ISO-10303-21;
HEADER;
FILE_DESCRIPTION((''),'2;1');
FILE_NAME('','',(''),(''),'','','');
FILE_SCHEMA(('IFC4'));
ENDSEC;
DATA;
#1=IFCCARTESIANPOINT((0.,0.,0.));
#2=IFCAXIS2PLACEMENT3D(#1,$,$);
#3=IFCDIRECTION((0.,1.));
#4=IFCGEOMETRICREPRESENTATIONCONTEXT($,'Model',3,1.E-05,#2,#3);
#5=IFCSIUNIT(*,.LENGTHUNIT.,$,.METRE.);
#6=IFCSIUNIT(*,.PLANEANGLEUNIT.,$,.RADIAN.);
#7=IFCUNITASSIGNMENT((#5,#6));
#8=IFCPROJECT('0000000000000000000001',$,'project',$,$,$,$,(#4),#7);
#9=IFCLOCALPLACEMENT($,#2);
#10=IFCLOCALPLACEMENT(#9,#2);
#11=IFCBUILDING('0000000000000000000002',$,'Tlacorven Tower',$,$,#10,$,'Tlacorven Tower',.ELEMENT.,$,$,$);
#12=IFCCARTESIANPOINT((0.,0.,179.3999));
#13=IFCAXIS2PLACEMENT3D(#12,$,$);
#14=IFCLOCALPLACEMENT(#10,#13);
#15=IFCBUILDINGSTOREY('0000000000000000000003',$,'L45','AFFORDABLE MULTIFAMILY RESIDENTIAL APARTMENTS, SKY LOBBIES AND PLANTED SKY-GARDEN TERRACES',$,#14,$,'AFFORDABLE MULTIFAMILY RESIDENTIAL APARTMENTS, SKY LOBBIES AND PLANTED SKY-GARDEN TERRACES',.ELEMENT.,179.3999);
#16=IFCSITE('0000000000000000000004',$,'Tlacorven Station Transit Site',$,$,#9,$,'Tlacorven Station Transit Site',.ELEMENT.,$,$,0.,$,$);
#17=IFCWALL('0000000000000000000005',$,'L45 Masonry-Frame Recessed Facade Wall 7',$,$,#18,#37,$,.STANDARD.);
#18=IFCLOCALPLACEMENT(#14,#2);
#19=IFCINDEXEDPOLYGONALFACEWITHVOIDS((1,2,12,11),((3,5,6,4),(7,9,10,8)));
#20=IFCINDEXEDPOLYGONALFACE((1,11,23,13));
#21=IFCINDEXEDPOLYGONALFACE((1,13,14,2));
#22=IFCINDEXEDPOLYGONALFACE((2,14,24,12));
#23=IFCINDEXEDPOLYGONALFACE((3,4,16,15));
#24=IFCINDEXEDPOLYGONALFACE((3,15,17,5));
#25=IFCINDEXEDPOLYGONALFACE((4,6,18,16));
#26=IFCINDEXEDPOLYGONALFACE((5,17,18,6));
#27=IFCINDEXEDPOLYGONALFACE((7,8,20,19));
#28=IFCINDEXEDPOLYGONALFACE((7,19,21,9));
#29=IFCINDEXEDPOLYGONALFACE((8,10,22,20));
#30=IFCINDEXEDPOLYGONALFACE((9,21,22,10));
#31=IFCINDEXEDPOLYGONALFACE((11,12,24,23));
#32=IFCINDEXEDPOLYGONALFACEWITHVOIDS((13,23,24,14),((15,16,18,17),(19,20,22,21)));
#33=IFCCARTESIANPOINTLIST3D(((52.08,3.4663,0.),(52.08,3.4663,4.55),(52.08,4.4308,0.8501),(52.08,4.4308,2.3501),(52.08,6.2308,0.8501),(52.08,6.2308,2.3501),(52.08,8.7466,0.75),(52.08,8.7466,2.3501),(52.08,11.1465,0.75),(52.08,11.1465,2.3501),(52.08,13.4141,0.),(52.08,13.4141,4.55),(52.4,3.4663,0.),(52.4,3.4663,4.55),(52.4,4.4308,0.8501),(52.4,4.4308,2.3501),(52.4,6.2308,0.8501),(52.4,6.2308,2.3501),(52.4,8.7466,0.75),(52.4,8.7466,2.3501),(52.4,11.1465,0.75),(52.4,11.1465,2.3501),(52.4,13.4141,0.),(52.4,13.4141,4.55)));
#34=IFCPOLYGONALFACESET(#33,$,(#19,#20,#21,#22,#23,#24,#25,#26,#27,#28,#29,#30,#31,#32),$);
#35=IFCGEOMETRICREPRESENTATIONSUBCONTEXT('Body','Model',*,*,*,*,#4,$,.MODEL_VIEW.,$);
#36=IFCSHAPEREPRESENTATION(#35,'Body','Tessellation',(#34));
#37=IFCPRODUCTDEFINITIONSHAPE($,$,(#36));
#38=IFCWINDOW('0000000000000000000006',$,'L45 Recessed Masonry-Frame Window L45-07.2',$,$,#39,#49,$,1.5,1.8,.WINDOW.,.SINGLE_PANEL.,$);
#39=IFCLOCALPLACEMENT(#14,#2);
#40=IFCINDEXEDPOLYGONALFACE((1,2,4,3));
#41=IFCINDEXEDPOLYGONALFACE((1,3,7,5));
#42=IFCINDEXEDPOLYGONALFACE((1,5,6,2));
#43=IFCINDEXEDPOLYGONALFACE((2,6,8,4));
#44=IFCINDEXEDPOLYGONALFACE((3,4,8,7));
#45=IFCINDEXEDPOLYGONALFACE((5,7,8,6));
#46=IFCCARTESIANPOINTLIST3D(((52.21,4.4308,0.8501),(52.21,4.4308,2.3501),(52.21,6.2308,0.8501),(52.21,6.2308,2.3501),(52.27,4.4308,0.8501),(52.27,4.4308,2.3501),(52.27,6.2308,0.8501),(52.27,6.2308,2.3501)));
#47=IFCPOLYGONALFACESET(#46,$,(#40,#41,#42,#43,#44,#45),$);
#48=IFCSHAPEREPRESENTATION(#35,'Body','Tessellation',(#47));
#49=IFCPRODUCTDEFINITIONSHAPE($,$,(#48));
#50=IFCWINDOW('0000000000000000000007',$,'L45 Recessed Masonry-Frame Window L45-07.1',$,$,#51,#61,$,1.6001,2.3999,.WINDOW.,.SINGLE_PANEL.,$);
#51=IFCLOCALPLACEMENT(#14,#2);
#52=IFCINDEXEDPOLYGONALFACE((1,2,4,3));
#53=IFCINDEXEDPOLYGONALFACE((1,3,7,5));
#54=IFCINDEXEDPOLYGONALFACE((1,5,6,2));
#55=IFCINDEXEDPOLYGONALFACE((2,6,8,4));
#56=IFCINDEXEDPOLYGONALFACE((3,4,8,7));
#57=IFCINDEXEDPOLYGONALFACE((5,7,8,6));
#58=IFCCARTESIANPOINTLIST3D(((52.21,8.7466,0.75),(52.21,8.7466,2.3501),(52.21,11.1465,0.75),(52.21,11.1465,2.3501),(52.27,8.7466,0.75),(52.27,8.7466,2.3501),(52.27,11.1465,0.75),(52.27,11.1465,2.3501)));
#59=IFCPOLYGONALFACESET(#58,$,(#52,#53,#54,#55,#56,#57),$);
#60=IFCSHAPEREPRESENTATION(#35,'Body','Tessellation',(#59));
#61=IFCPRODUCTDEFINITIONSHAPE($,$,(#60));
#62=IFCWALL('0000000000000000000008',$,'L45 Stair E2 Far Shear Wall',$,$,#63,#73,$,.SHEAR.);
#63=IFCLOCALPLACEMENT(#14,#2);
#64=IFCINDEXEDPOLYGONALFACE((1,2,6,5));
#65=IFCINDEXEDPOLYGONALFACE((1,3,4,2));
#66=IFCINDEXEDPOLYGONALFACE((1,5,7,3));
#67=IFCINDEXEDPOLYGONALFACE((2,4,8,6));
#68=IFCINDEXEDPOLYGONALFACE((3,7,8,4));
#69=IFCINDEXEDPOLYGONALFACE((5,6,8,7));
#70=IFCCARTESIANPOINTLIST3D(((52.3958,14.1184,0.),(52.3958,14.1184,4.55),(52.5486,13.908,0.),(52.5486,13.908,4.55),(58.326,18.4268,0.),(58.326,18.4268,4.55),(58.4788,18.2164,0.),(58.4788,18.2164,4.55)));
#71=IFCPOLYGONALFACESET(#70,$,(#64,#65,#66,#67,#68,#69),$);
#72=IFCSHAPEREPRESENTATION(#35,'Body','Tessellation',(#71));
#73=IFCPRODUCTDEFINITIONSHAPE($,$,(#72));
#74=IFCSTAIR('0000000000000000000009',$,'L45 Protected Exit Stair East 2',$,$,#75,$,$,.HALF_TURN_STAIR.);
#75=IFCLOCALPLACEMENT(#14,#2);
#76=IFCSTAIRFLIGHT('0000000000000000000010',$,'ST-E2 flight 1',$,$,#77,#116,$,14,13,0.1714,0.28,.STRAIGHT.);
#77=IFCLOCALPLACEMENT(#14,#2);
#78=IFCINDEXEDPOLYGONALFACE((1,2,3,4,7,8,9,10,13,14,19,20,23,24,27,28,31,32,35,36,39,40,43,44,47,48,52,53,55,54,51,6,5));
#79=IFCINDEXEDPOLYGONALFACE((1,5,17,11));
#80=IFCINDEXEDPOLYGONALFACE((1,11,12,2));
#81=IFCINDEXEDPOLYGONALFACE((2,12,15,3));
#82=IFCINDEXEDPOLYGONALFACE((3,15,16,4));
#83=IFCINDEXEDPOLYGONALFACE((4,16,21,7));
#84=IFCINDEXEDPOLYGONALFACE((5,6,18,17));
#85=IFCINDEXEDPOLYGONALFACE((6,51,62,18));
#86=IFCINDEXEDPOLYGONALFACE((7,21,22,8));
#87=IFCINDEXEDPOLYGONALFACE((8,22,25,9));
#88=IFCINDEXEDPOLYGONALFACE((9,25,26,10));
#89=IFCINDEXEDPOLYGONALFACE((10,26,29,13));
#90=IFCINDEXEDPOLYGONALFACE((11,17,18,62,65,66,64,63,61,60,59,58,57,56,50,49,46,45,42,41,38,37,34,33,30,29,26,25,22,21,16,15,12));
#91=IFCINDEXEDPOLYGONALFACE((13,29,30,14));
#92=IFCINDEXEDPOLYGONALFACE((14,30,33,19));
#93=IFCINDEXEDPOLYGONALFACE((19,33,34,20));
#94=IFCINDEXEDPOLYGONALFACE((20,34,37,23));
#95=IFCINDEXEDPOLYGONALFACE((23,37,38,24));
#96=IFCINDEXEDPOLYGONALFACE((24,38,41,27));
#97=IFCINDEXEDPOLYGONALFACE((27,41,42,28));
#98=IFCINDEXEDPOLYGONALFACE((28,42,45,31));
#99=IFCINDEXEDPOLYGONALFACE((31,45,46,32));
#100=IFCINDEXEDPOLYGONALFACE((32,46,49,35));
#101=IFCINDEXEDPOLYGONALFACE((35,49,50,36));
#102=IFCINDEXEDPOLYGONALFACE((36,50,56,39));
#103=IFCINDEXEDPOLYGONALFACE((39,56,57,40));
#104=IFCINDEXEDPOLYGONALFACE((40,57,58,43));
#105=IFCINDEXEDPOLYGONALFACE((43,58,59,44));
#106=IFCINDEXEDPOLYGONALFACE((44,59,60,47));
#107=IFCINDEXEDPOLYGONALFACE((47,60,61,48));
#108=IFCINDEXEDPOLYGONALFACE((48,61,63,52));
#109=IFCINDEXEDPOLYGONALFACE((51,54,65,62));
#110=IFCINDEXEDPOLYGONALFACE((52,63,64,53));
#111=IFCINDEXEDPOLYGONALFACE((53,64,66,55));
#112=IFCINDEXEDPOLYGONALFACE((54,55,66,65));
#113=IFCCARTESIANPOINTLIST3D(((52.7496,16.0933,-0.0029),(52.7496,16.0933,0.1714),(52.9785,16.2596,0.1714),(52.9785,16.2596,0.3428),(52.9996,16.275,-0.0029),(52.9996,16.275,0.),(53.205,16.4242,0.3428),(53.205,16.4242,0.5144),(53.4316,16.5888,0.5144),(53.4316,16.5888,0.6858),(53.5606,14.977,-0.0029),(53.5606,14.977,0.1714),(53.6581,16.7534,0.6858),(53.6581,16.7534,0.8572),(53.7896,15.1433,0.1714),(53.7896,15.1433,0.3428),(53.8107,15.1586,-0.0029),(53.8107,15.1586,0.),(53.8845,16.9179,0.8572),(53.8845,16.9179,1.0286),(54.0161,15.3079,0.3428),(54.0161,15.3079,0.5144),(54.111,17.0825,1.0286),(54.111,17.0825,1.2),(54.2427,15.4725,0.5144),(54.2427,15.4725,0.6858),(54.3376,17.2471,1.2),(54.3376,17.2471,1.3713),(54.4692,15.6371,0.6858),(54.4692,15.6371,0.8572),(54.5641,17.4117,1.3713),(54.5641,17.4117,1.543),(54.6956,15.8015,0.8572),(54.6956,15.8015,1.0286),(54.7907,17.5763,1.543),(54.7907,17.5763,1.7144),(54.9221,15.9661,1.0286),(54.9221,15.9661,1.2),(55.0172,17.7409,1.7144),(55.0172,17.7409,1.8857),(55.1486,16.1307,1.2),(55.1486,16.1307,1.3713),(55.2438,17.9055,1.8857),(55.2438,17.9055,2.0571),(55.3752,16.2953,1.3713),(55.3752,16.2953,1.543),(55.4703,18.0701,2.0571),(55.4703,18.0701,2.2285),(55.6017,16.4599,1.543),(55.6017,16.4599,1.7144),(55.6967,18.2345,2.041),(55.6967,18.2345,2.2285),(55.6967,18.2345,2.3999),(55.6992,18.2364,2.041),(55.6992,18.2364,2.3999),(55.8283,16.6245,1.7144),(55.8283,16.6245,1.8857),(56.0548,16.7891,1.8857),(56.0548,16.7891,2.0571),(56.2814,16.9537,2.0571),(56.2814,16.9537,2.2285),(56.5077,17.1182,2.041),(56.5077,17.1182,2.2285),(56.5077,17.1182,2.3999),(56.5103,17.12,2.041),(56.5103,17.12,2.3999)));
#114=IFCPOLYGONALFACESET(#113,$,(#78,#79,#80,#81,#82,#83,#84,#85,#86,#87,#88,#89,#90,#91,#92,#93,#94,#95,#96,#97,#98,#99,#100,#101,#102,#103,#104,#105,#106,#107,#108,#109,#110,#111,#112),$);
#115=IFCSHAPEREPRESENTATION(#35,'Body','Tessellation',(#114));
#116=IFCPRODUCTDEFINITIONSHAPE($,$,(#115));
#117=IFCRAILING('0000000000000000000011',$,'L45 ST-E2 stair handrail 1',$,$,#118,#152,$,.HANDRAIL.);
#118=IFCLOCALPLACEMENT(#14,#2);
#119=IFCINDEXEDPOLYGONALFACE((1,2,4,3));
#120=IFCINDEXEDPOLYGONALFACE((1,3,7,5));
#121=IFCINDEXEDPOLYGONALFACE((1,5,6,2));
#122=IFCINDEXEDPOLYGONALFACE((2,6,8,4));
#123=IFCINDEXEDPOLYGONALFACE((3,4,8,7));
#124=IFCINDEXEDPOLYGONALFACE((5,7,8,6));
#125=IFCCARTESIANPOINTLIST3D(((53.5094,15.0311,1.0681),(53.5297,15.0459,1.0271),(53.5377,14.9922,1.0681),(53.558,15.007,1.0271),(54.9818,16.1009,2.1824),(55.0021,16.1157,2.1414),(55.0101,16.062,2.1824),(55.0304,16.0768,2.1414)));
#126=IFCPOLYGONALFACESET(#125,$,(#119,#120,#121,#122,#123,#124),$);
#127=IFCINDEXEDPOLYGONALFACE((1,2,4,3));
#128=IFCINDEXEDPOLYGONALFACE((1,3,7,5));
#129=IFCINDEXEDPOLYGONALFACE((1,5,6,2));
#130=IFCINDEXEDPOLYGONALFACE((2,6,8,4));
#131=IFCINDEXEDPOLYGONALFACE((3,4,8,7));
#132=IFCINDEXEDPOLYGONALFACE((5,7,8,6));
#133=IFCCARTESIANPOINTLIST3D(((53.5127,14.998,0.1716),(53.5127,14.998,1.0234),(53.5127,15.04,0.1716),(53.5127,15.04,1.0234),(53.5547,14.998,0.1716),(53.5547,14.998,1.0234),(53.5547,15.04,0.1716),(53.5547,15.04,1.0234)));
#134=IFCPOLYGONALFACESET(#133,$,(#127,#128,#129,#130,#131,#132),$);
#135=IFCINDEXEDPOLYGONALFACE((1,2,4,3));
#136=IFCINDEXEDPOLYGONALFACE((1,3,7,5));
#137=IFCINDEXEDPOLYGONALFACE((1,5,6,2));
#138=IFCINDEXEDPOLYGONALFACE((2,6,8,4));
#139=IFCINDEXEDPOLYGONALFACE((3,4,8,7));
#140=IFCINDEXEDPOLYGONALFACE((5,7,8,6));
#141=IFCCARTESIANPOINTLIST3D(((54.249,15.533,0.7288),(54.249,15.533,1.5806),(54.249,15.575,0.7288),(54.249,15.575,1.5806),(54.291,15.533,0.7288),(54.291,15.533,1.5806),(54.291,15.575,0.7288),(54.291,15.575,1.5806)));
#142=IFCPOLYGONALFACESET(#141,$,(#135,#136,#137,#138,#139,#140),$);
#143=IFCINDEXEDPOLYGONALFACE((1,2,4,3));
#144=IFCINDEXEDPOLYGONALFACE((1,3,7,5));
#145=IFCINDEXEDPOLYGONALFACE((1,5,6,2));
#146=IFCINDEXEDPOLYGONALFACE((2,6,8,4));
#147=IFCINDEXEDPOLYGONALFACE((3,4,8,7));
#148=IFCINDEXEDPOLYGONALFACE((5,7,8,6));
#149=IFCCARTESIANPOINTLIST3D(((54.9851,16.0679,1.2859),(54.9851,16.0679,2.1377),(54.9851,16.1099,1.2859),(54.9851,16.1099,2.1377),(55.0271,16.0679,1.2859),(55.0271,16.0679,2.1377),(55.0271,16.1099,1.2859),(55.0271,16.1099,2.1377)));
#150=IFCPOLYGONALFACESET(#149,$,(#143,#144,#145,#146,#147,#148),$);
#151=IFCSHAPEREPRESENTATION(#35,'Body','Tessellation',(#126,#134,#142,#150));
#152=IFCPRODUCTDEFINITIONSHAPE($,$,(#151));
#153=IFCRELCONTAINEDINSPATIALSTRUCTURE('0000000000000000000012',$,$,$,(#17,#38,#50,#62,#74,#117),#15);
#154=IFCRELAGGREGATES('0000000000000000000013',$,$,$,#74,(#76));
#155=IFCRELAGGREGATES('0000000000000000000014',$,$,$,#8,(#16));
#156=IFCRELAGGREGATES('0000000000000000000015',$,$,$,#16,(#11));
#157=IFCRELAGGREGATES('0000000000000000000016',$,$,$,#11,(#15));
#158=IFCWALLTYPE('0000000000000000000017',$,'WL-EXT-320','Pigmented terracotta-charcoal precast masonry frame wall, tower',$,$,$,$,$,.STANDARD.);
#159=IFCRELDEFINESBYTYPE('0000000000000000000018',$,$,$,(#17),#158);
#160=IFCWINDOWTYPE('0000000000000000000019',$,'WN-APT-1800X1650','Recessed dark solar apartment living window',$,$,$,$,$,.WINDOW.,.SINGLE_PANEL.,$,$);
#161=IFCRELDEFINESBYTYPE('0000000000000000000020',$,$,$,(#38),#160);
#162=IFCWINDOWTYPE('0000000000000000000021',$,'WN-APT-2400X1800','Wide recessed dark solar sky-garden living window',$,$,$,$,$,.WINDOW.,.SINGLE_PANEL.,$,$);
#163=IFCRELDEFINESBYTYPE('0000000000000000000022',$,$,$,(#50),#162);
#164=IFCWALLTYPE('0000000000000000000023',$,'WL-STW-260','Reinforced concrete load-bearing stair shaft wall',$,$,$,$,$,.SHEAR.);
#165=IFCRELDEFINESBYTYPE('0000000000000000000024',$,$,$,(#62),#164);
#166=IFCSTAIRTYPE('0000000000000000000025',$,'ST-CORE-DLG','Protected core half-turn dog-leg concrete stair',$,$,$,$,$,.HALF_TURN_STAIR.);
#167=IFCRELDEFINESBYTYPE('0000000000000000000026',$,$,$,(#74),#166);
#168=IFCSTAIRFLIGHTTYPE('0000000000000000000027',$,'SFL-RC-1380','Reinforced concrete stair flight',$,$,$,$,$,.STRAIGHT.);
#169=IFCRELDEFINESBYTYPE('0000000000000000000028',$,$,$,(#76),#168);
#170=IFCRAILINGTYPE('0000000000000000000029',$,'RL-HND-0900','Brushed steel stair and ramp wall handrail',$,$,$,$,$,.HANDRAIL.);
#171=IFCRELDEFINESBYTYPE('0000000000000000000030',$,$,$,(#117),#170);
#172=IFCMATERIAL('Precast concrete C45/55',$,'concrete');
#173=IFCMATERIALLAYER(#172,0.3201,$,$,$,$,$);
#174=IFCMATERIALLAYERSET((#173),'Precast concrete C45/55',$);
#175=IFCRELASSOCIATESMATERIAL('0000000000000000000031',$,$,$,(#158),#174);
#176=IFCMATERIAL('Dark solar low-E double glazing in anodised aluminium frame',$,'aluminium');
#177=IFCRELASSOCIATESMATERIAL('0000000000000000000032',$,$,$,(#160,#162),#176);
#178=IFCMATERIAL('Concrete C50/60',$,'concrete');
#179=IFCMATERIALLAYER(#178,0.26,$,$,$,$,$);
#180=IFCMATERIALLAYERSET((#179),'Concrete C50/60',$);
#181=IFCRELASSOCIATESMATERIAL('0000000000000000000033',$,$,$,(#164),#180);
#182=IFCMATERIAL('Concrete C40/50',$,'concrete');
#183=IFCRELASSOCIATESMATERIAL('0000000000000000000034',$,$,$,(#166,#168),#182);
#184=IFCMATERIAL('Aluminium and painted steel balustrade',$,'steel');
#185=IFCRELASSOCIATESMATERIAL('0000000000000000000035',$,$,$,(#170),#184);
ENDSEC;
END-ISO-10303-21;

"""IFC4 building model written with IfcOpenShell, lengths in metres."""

from ifc_helpers import new_model, si_unit, direction, frame, frame_2d, origin, origin_2d, place, context, subcontext, project, spatial, polyline, rectangle, outline, extrude, source, transform, mapped, material, layer, layer_set, type_object, element, fill, aggregate, save


model = new_model("IFC4")

# Units and contexts
model_context = context("Model", 3, precision=1e-05, world=origin(), true_north=direction((0.0, 1.0)))
body_context = subcontext(model_context, "Body", "Model", "MODEL_VIEW")
ifc_project = project(units=[si_unit("LENGTHUNIT", "METRE"), si_unit("PLANEANGLEUNIT", "RADIAN")], contexts=[model_context])

# Site, building, storey
site_placement = place(None, origin())
site = spatial("IfcSite", under=ifc_project, at=site_placement, Name="Tlacorven Station Transit Site", LongName="Tlacorven Station Transit Site", CompositionType="ELEMENT", RefElevation=0.0)
building_placement = place(site_placement, origin())
building = spatial("IfcBuilding", under=site, at=building_placement, Name="Tlacorven Tower", LongName="Tlacorven Tower", CompositionType="ELEMENT")
storey_placement = place(building_placement, frame((0.0, 0.0, 179.3999)))
storey = spatial("IfcBuildingStorey", under=building, at=storey_placement, Name="L45", Description="AFFORDABLE MULTIFAMILY RESIDENTIAL APARTMENTS, SKY LOBBIES AND PLANTED SKY-GARDEN TERRACES", LongName="AFFORDABLE MULTIFAMILY RESIDENTIAL APARTMENTS, SKY LOBBIES AND PLANTED SKY-GARDEN TERRACES", CompositionType="ELEMENT", Elevation=179.3999)

# Wall, openings, windows
ifc_material_1 = material(Name="Precast concrete C45/55", Category="concrete")
ifc_layer_1 = layer(ifc_material_1, 0.3201)
ifc_layer_set_1 = layer_set([ifc_layer_1], Name="Precast concrete C45/55")
wall_type_1 = type_object("IfcWallType", Name="WL-EXT-320", Description="Pigmented terracotta-charcoal precast masonry frame wall, tower", PredefinedType="STANDARD", material=ifc_layer_set_1)
wall_1_placement = place(storey_placement, frame((52.24, 13.4141, 0.0), z_axis=(0.0, 0.0, 1.0), x_axis=(0.0, -1.0, 0.0)))
wall_1 = element("IfcWall", 1, at=wall_1_placement, inside=storey, type_object=wall_type_1, Name="L45 Masonry-Frame Recessed Facade Wall 7", PredefinedType="STANDARD", context=body_context, shape_type="SweptSolid", body=[
    extrude(rectangle(XDim=9.9478, YDim=0.3201, at=frame_2d((4.9739, 0.0))), origin(), (0.0, 0.0, 1.0), 4.55),
])
opening_1_placement = place(wall_1_placement, frame((2.2676, 0.0, 0.75)))
opening_1 = element("IfcOpeningElement", 2, at=opening_1_placement, cuts=wall_1, PredefinedType="OPENING", context=body_context, shape_type="SweptSolid", body=[
    extrude(rectangle(XDim=2.3999, YDim=1.6001, at=frame_2d((1.2, 0.8))), frame((0.0, 0.1699, 0.0), z_axis=(0.0, -1.0, 0.0), x_axis=(1.0, 0.0, 0.0)), (0.0, 0.0, 1.0), 0.3401),
])
opening_2_placement = place(wall_1_placement, frame((7.1833, 0.0, 0.8501)))
opening_2 = element("IfcOpeningElement", 3, at=opening_2_placement, cuts=wall_1, PredefinedType="OPENING", context=body_context, shape_type="SweptSolid", body=[
    extrude(rectangle(XDim=1.8, YDim=1.5, at=frame_2d((0.8999, 0.75))), frame((0.0, 0.1699, 0.0), z_axis=(0.0, -1.0, 0.0), x_axis=(1.0, 0.0, 0.0)), (0.0, 0.0, 1.0), 0.3401),
])
ifc_material_2 = material(Name="Dark solar low-E double glazing in anodised aluminium frame", Category="aluminium")
window_type_1 = type_object("IfcWindowType", Name="WN-APT-1800X1650", Description="Recessed dark solar apartment living window", PartitioningType="SINGLE_PANEL", PredefinedType="WINDOW", material=ifc_material_2)
shared_shape_1 = source(origin(), body_context, "Body", "SweptSolid", [
    extrude(rectangle(XDim=1.8, YDim=1.5, at=frame_2d((0.8999, 0.75))), frame((0.0, 0.03, 0.0), z_axis=(0.0, -1.0, 0.0), x_axis=(1.0, 0.0, 0.0)), (0.0, 0.0, 1.0), 0.0601),
])
window_1_placement = place(opening_2_placement, origin())
window_1 = element("IfcWindow", 4, at=window_1_placement, inside=storey, type_object=window_type_1, Name="L45 Recessed Masonry-Frame Window L45-07.2", OverallHeight=1.5, OverallWidth=1.8, PartitioningType="SINGLE_PANEL", PredefinedType="WINDOW", context=body_context, shape_type="MappedRepresentation", body=[
    mapped(shared_shape_1, transform((0.0, 0.0, 0.0), scale=1.0)),
])
fill(opening_2, window_1)
window_type_2 = type_object("IfcWindowType", Name="WN-APT-2400X1800", Description="Wide recessed dark solar sky-garden living window", PartitioningType="SINGLE_PANEL", PredefinedType="WINDOW", material=ifc_material_2)
shared_shape_2 = source(origin(), body_context, "Body", "SweptSolid", [
    extrude(rectangle(XDim=2.3999, YDim=1.6001, at=frame_2d((1.2, 0.8))), frame((0.0, 0.03, 0.0), z_axis=(0.0, -1.0, 0.0), x_axis=(1.0, 0.0, 0.0)), (0.0, 0.0, 1.0), 0.0601),
])
window_2_placement = place(opening_1_placement, origin())
window_2 = element("IfcWindow", 5, at=window_2_placement, inside=storey, type_object=window_type_2, Name="L45 Recessed Masonry-Frame Window L45-07.1", OverallHeight=1.6001, OverallWidth=2.3999, PartitioningType="SINGLE_PANEL", PredefinedType="WINDOW", context=body_context, shape_type="MappedRepresentation", body=[
    mapped(shared_shape_2, transform((0.0, 0.0, 0.0), scale=1.0)),
])
fill(opening_1, window_2)

# Wall
ifc_material_3 = material(Name="Concrete C50/60", Category="concrete")
ifc_layer_2 = layer(ifc_material_3, 0.26)
ifc_layer_set_2 = layer_set([ifc_layer_2], Name="Concrete C50/60")
wall_type_2 = type_object("IfcWallType", Name="WL-STW-260", Description="Reinforced concrete load-bearing stair shaft wall", PredefinedType="SHEAR", material=ifc_layer_set_2)
wall_2_placement = place(storey_placement, frame((52.4722, 14.0132, 0.0), z_axis=(0.0, 0.0, 1.0), x_axis=(0.809028, 0.58777, 0.0)))
element("IfcWall", 6, at=wall_2_placement, inside=storey, type_object=wall_type_2, Name="L45 Stair E2 Far Shear Wall", PredefinedType="SHEAR", context=body_context, shape_type="SweptSolid", body=[
    extrude(rectangle(XDim=7.3301, YDim=0.26, at=frame_2d((3.665, 0.0))), origin(), (0.0, 0.0, 1.0), 4.55),
])

# Stair, stair flight
ifc_material_4 = material(Name="Concrete C40/50", Category="concrete")
stair_type = type_object("IfcStairType", Name="ST-CORE-DLG", Description="Protected core half-turn dog-leg concrete stair", PredefinedType="HALF_TURN_STAIR", material=ifc_material_4)
stair_placement = place(storey_placement, origin())
stair = element("IfcStair", 7, at=stair_placement, inside=storey, type_object=stair_type, Name="L45 Protected Exit Stair East 2", PredefinedType="HALF_TURN_STAIR")
stair_flight_type = type_object("IfcStairFlightType", Name="SFL-RC-1380", Description="Reinforced concrete stair flight", PredefinedType="STRAIGHT", material=ifc_material_4)
shared_shape_3 = source(origin(), body_context, "Body", "SweptSolid", [
    extrude(outline(polyline([(-0.0029, -0.0029), (-0.0029, 0.1714), (0.28, 0.1714), (0.28, 0.3428), (0.5601, 0.3428), (0.5601, 0.5144), (0.8401, 0.5144), (0.8401, 0.6858), (1.1201, 0.6858), (1.1201, 0.8572), (1.3999, 0.8572), (1.3999, 1.0286), (1.6799, 1.0286), (1.6799, 1.2), (1.96, 1.2), (1.96, 1.3713), (2.24, 1.3713), (2.24, 1.543), (2.52, 1.543), (2.52, 1.7144), (2.8, 1.7144), (2.8, 1.8857), (3.0801, 1.8857), (3.0801, 2.0571), (3.3601, 2.0571), (3.3601, 2.2285), (3.6399, 2.2285), (3.6399, 2.3999), (3.6431, 2.3999), (3.6431, 2.041), (3.6399, 2.041), (0.3062, 0.0), (0.3062, -0.0029), (-0.0029, -0.0029)])), frame((0.0, 0.6899, 0.0), z_axis=(0.0, -1.0, 0.0), x_axis=(1.0, 0.0, 0.0)), (0.0, 0.0, 1.0), 1.3799),
])
stair_flight_placement = place(storey_placement, frame((53.1575, 15.5369, 0.0), z_axis=(0.0, 0.0, 1.0), x_axis=(0.809017, 0.587785, 0.0)))
stair_flight = element("IfcStairFlight", 8, at=stair_flight_placement, type_object=stair_flight_type, Name="ST-E2 flight 1", NumberOfRisers=14, NumberOfTreads=13, PredefinedType="STRAIGHT", RiserHeight=0.1714, TreadLength=0.28, context=body_context, shape_type="MappedRepresentation", body=[
    mapped(shared_shape_3, transform((0.0, 0.0, 0.0), scale=1.0)),
])
aggregate(stair, [stair_flight])

# Railing
ifc_material_5 = material(Name="Aluminium and painted steel balustrade", Category="steel")
railing_type_1 = type_object("IfcRailingType", Name="RL-HND-0900", Description="Brushed steel stair and ramp wall handrail", PredefinedType="HANDRAIL", material=ifc_material_5)
shared_shape_4 = source(origin(), body_context, "Body", "SweptSolid", [
    extrude(rectangle(XDim=0.0481, YDim=0.0481, at=origin_2d()), frame((0.0, 0.0, 0.876), z_axis=(0.689967, 0.501316, 0.522137), x_axis=(-0.587805, 0.809003, 0.0)), (0.0, 0.0, 1.0), 2.134),
    extrude(rectangle(XDim=0.042, YDim=0.042, at=origin_2d()), origin(), (0.0, 0.0, 1.0), 0.8518),
    extrude(rectangle(XDim=0.042, YDim=0.042, at=origin_2d()), frame((0.7363, 0.5349, 0.5571)), (0.0, 0.0, 1.0), 0.8518),
    extrude(rectangle(XDim=0.042, YDim=0.042, at=origin_2d()), frame((1.4724, 1.0698, 1.1143)), (0.0, 0.0, 1.0), 0.8518),
])
railing_1_placement = place(storey_placement, frame((53.5337, 15.019, 0.1716)))
element("IfcRailing", 9, at=railing_1_placement, inside=storey, type_object=railing_type_1, Name="L45 ST-E2 stair handrail 1", PredefinedType="HANDRAIL", context=body_context, shape_type="MappedRepresentation", body=[
    mapped(shared_shape_4, transform((0.0, 0.0, 0.0), scale=1.0)),
])

save(model, "model.ifc")
